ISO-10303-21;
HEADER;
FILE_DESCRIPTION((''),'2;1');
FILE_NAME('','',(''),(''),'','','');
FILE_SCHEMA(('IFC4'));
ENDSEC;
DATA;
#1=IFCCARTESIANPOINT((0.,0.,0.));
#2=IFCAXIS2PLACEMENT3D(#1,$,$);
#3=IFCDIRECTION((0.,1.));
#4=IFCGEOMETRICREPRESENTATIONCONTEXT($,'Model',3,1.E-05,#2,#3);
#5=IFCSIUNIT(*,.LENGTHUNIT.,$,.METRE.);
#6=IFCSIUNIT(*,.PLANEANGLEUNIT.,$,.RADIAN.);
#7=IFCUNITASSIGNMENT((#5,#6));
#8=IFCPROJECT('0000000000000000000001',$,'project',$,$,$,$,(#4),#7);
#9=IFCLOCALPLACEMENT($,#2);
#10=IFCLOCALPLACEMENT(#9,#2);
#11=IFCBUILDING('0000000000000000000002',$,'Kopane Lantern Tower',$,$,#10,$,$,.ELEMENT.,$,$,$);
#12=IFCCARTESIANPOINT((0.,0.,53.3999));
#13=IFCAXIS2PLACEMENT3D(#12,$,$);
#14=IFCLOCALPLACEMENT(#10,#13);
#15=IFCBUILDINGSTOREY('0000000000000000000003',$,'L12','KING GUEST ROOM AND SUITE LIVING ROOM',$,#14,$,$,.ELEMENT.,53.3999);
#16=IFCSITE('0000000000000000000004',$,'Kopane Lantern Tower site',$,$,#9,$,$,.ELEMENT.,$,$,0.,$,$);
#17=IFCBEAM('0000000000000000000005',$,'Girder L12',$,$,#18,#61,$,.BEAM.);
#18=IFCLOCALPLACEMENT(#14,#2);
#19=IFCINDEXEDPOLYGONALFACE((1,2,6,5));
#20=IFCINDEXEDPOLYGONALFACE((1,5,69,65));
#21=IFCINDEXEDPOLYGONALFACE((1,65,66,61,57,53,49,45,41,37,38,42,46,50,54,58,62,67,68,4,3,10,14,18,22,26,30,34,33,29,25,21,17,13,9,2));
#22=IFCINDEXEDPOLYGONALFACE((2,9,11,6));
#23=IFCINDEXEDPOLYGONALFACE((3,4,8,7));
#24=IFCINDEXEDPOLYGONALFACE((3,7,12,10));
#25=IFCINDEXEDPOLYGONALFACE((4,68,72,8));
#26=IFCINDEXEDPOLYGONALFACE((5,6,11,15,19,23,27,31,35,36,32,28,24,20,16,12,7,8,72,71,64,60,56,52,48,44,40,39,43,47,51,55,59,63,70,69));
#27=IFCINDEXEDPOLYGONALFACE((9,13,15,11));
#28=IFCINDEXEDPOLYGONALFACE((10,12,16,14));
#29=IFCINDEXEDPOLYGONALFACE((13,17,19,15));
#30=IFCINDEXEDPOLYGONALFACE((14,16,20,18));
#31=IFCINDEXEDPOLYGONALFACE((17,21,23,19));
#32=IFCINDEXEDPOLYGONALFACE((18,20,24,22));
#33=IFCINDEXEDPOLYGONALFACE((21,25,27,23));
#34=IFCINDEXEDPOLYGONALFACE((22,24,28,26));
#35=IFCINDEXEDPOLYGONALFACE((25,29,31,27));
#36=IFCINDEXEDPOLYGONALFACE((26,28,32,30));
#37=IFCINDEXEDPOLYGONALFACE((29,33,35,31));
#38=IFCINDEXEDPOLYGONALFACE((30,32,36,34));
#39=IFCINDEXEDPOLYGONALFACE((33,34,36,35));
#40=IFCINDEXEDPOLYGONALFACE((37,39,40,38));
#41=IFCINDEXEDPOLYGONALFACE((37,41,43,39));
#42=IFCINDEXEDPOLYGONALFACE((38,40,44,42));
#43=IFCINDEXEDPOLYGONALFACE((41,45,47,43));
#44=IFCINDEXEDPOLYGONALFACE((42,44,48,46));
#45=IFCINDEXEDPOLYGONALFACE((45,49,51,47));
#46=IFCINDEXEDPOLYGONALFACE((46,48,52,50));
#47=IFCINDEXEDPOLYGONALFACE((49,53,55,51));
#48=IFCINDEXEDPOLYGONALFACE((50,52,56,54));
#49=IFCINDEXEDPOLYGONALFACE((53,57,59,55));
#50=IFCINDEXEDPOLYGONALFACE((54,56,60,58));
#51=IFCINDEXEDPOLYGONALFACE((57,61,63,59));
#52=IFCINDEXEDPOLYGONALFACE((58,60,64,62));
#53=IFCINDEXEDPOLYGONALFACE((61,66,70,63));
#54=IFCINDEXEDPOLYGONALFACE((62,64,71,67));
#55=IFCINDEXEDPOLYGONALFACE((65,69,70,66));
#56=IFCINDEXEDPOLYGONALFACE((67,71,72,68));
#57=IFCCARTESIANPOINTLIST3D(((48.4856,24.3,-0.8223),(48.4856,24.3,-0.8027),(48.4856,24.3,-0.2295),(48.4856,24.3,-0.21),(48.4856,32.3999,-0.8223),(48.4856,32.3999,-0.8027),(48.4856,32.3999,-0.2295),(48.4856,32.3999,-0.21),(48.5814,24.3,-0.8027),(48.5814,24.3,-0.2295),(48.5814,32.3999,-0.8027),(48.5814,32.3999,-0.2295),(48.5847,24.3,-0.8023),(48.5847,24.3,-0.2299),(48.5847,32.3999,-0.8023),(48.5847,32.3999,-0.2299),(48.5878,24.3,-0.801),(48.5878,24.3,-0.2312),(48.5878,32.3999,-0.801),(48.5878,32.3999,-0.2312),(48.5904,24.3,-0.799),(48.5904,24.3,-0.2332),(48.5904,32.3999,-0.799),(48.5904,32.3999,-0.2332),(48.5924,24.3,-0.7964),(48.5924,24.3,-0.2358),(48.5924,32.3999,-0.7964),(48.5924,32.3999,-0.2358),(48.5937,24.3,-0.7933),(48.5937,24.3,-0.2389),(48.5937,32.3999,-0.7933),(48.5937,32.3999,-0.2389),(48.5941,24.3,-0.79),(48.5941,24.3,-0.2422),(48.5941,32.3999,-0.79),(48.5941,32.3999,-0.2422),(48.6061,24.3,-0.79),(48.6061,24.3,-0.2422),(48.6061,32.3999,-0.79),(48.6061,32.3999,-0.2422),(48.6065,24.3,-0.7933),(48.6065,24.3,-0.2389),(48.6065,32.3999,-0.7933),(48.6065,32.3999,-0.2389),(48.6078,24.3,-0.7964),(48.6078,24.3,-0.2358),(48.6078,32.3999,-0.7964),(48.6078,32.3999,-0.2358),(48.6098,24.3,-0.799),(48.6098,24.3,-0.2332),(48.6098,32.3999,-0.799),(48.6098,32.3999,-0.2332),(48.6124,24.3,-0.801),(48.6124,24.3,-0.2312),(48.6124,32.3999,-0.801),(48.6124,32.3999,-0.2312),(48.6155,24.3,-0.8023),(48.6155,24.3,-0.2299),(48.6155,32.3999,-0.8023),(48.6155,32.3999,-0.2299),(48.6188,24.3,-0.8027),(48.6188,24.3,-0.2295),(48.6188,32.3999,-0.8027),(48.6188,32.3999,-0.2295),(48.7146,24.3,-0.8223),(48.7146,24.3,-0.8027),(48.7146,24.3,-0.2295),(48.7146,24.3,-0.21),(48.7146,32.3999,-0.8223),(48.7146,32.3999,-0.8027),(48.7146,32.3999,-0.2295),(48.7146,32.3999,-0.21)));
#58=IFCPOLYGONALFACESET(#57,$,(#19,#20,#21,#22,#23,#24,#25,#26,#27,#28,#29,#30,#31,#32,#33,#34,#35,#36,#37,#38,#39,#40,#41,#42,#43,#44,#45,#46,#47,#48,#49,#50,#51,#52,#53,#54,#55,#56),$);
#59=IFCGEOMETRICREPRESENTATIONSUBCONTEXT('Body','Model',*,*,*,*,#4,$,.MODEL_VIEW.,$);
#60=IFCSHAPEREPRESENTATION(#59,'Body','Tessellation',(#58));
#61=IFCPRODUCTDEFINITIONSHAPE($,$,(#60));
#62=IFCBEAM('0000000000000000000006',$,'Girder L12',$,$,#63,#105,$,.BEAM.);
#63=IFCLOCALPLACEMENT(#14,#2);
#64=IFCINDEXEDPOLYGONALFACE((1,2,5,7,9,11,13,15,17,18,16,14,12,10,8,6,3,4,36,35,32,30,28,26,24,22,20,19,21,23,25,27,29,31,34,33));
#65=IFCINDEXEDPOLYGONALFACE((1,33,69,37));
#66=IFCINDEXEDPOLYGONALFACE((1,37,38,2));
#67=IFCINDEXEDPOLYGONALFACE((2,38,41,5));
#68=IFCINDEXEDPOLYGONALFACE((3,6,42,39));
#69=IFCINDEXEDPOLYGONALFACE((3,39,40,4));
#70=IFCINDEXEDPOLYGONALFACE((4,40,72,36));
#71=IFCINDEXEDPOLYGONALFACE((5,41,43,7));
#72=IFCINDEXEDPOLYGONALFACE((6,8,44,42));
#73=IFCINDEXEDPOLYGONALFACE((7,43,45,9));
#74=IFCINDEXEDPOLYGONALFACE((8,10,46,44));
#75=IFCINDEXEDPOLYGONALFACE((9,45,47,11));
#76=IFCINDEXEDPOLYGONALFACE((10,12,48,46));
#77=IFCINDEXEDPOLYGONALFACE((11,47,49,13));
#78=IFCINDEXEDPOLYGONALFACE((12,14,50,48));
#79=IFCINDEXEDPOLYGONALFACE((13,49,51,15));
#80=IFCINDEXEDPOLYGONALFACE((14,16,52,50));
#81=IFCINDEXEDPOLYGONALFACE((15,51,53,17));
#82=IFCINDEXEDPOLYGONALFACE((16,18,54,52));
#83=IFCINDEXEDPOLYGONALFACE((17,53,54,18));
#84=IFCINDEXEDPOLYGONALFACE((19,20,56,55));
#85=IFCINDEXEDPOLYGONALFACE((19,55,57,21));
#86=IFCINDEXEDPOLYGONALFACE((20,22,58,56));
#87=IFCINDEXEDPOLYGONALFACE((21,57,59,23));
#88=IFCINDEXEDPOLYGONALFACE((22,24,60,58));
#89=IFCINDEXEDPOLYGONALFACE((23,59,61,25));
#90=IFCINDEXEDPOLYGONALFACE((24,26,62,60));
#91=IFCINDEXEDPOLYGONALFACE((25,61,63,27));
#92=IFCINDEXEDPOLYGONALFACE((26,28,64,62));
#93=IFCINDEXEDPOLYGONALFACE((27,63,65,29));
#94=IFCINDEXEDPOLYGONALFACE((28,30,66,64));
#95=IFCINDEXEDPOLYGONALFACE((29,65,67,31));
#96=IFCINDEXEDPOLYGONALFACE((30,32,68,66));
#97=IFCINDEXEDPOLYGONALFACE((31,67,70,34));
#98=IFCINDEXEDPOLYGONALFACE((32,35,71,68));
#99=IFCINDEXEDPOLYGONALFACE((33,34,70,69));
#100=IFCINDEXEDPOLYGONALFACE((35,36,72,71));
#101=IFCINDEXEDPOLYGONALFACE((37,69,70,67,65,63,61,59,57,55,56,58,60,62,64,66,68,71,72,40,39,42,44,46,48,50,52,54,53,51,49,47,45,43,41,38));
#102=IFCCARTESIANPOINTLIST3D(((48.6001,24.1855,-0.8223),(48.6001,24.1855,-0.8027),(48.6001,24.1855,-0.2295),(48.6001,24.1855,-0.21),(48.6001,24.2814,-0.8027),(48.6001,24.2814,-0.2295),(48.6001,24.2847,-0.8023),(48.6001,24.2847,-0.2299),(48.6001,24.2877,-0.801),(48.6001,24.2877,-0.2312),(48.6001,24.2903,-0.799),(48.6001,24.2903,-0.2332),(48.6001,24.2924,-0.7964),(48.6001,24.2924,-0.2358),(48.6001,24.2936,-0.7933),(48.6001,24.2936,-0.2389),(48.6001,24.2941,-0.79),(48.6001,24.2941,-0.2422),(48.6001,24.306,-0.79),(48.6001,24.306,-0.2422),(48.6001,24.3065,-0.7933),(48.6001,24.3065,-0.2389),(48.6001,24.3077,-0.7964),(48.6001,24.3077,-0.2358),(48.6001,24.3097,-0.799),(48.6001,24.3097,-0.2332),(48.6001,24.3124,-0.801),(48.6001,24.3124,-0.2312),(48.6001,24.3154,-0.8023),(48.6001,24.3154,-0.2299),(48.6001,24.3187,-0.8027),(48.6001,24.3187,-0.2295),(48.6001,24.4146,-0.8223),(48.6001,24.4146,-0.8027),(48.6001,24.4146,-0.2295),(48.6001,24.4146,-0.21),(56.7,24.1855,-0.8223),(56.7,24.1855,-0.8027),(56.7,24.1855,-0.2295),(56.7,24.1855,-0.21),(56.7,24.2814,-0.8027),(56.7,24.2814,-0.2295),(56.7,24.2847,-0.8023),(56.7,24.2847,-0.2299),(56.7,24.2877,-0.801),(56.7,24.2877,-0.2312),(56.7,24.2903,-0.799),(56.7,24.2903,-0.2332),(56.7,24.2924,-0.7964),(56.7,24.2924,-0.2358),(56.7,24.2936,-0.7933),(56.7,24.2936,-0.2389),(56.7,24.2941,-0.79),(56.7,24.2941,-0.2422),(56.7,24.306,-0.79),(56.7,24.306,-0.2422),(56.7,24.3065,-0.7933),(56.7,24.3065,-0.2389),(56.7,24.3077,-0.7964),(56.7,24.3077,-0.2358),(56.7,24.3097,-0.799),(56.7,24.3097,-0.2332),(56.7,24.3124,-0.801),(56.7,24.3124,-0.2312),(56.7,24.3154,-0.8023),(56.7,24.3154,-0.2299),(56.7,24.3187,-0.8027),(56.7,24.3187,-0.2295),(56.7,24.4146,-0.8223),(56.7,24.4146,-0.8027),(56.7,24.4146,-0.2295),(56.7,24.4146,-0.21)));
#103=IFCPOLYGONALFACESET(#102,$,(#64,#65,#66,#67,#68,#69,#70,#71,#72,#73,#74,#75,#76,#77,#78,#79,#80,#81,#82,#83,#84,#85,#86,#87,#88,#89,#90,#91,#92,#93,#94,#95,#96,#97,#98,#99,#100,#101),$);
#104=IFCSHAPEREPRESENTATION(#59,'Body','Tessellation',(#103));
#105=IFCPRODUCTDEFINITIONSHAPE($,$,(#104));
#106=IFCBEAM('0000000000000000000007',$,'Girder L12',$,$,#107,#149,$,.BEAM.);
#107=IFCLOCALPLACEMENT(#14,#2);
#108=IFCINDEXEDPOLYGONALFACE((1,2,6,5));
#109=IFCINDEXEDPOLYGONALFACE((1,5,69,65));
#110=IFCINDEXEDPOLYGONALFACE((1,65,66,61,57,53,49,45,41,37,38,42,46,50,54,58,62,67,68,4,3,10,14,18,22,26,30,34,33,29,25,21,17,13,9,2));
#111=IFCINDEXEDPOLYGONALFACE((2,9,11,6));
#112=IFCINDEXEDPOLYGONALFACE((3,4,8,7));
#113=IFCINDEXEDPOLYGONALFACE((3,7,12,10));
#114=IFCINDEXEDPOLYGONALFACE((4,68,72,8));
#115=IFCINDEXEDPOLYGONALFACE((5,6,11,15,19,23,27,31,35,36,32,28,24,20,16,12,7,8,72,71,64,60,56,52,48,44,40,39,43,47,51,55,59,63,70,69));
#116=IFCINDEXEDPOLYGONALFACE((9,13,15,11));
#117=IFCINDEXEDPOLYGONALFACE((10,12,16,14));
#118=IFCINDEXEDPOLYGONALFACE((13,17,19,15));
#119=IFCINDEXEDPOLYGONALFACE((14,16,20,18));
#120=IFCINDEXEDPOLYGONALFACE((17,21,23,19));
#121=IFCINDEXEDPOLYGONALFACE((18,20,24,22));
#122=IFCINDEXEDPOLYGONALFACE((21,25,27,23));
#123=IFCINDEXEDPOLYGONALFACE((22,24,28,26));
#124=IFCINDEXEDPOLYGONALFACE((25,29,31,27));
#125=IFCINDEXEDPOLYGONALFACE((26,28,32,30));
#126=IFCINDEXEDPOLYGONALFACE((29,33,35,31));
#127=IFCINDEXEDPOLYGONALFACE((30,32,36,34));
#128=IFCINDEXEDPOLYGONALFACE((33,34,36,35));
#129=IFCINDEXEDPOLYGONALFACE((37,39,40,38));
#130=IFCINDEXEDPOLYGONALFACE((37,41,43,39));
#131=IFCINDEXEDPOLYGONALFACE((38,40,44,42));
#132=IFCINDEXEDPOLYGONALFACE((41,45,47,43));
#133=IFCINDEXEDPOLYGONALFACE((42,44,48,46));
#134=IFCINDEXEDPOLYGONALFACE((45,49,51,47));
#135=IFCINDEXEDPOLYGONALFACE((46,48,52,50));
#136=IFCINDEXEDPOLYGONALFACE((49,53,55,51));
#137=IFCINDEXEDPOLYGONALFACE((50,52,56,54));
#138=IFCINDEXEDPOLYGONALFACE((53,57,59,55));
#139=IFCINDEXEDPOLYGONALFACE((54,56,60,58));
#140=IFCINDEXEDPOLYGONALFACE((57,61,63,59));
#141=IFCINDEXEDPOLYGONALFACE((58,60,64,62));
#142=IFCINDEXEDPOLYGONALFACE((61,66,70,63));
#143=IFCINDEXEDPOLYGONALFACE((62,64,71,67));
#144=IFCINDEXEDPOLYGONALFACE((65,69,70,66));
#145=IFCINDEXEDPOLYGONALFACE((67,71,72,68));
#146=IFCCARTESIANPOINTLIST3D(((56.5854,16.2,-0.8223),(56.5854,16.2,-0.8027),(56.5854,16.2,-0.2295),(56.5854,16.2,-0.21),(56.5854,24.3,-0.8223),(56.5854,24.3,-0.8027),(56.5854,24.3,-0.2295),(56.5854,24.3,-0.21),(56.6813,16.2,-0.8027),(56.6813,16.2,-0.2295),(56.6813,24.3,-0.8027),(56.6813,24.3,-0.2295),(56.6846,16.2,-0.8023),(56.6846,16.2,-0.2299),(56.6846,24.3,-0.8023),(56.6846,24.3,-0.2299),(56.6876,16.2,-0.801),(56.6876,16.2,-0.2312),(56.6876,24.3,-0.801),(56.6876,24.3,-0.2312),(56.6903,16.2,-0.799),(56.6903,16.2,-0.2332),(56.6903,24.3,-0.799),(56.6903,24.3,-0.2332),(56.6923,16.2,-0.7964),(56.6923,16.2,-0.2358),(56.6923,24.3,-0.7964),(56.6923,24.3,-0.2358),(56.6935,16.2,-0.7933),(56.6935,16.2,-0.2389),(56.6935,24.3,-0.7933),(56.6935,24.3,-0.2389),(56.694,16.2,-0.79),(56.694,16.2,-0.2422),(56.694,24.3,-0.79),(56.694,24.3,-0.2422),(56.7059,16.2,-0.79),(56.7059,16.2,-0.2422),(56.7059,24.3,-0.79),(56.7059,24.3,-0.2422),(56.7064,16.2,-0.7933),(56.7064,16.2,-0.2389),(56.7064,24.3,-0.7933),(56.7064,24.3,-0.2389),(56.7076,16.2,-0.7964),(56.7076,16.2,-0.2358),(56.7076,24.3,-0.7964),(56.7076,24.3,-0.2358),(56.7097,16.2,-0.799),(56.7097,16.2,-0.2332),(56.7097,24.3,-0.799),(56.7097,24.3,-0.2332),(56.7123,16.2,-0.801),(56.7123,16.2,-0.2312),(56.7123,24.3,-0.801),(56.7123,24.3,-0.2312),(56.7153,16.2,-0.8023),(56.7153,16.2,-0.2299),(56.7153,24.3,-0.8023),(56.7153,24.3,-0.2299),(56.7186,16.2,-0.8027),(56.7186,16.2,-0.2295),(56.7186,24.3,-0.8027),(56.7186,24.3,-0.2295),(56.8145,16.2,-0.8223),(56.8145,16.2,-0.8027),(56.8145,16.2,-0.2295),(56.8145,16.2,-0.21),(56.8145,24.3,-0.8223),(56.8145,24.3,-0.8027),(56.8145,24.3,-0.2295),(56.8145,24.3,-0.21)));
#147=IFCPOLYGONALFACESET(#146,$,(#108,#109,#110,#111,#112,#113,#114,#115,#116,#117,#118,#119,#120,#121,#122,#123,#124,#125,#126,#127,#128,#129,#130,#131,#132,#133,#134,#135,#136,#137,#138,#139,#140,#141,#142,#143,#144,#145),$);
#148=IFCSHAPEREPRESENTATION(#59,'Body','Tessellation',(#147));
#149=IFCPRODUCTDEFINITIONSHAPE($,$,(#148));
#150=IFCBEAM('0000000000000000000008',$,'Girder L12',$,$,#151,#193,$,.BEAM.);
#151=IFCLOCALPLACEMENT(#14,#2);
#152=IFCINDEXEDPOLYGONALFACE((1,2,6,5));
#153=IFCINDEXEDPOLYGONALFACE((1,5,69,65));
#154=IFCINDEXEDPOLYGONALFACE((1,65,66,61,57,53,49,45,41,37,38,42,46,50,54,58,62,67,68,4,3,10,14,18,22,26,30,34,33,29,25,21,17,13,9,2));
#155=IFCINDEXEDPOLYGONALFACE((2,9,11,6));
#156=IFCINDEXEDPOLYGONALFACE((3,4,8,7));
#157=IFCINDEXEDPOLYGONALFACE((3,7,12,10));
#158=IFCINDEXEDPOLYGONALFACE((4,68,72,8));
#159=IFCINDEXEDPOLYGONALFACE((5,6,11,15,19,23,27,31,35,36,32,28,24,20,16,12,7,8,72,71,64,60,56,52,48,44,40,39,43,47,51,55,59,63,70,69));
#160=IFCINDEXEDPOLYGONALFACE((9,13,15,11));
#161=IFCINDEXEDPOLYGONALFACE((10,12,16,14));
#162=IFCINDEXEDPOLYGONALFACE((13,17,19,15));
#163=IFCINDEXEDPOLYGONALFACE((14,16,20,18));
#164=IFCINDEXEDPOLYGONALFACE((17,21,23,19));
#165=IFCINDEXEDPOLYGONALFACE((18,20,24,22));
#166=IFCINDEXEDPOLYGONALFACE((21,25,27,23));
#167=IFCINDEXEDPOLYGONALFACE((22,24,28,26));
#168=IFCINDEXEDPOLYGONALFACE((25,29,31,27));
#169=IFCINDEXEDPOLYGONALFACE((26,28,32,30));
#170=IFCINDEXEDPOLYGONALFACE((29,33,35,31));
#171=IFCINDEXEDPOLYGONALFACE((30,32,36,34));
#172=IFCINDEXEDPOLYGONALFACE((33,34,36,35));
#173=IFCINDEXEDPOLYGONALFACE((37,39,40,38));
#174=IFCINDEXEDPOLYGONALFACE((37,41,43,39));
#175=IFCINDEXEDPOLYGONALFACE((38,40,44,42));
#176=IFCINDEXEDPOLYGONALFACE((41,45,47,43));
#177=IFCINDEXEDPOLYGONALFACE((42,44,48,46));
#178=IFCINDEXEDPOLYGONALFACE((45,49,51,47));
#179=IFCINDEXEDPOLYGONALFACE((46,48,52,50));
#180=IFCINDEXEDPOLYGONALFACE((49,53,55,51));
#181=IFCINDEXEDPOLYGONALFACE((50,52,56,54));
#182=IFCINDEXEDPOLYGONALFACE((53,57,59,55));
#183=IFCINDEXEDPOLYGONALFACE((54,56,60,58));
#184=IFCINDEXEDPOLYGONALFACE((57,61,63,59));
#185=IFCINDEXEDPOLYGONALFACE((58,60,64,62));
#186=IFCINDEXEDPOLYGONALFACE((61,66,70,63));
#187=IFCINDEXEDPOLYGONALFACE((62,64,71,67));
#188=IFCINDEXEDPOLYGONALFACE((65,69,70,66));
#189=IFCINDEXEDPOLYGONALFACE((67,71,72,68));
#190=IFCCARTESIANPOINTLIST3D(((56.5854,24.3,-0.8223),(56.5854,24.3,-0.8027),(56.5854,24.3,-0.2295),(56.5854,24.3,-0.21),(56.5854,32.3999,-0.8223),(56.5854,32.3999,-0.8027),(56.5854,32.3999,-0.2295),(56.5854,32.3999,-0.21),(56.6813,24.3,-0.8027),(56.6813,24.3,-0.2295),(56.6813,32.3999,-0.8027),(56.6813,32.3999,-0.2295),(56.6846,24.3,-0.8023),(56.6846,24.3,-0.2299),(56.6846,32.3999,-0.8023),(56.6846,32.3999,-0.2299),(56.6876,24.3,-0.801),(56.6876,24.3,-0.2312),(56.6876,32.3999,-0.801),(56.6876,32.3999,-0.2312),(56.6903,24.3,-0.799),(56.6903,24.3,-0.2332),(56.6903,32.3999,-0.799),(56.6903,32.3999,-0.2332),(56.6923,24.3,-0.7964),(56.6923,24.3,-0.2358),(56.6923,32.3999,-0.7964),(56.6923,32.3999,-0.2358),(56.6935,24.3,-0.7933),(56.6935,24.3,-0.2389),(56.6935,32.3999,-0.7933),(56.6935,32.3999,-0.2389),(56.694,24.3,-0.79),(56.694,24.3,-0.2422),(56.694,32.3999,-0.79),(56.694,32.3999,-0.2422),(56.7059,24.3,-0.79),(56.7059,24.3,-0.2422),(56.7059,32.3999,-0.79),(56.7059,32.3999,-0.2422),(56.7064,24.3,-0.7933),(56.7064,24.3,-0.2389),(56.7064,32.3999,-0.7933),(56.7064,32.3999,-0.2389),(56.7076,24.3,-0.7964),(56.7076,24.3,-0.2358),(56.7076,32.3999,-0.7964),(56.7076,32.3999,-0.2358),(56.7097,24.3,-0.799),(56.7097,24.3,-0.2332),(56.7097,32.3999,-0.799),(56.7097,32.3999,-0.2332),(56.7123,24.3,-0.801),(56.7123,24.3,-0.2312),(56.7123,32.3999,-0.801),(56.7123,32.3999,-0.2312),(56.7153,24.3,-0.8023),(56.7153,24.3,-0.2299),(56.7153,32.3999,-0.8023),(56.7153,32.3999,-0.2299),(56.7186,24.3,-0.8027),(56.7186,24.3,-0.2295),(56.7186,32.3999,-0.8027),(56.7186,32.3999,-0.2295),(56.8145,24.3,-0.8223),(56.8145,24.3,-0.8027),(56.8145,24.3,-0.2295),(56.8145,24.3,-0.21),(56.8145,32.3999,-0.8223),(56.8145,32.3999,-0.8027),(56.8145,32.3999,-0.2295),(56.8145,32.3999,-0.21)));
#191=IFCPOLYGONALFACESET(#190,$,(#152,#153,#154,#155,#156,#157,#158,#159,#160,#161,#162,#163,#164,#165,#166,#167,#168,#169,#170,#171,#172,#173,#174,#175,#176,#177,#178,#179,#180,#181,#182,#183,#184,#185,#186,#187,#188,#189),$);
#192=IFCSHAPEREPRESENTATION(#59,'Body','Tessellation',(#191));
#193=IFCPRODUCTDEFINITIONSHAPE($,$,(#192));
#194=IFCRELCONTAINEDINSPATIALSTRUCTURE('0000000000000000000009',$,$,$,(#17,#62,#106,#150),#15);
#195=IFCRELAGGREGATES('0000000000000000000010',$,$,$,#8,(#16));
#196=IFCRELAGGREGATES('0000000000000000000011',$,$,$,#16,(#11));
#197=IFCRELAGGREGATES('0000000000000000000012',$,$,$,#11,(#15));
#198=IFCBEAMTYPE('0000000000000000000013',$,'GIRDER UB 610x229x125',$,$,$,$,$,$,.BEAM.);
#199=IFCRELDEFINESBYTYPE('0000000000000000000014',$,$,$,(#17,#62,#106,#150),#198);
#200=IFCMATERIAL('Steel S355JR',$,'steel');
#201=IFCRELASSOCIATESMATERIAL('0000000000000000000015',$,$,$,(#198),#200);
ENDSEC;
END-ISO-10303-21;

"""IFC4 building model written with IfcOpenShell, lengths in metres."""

from ifc_helpers import new_model, si_unit, direction, frame, origin, origin_2d, place, context, subcontext, project, spatial, i_section, extrude, material, material_profile, profile_set, type_object, element, save


model = new_model("IFC4")

# Units and contexts
model_context = context("Model", 3, precision=1e-05, world=origin(), true_north=direction((0.0, 1.0)))
body_context = subcontext(model_context, "Body", "Model", "MODEL_VIEW")
ifc_project = project(units=[si_unit("LENGTHUNIT", "METRE"), si_unit("PLANEANGLEUNIT", "RADIAN")], contexts=[model_context])

# Site, building, storey
site_placement = place(None, origin())
site = spatial("IfcSite", under=ifc_project, at=site_placement, Name="Kopane Lantern Tower site", CompositionType="ELEMENT", RefElevation=0.0)
building_placement = place(site_placement, origin())
building = spatial("IfcBuilding", under=site, at=building_placement, Name="Kopane Lantern Tower", CompositionType="ELEMENT")
storey_placement = place(building_placement, frame((0.0, 0.0, 53.3999)))
storey = spatial("IfcBuildingStorey", under=building, at=storey_placement, Name="L12", Description="KING GUEST ROOM AND SUITE LIVING ROOM", CompositionType="ELEMENT", Elevation=53.3999)

# Beams
ifc_material_1 = material(Name="Steel S355JR", Category="steel")
ifc_material_profile_1 = material_profile(ifc_material_1, i_section(OverallWidth=0.229, OverallDepth=0.6123, WebThickness=0.012, FlangeThickness=0.0195, FilletRadius=0.0127, at=origin_2d()), Name="UB 610x229x125")
ifc_profile_set_1 = profile_set([ifc_material_profile_1], Name="Steel S355JR")
beam_type = type_object("IfcBeamType", Name="GIRDER UB 610x229x125", PredefinedType="BEAM", material=ifc_profile_set_1)
for number, where, z_axis, x_axis, name in (
    (1, (48.6001, 24.3, -0.5161), (0.0, 1.0, 0.0), (-1.0, 0.0, 0.0), "Girder L12"),
    (2, (48.6001, 24.3, -0.5161), (1.0, 0.0, 0.0), (0.0, 1.0, 0.0), "Girder L12"),
):
    element("IfcBeam", number, at=place(storey_placement, frame(where, z_axis=z_axis, x_axis=x_axis)), inside=storey, type_object=beam_type, Name=name, PredefinedType="BEAM", context=body_context, shape_type="SweptSolid", body=[
        extrude(i_section(OverallWidth=0.229, OverallDepth=0.6123, WebThickness=0.012, FlangeThickness=0.0195, FilletRadius=0.0127, at=origin_2d()), origin(), (0.0, 0.0, 1.0), 8.0999),
    ])
beam_1_placement = place(storey_placement, frame((56.7, 16.2, -0.5161), z_axis=(0.0, 1.0, 0.0), x_axis=(-1.0, 0.0, 0.0)))
element("IfcBeam", 3, at=beam_1_placement, inside=storey, type_object=beam_type, Name="Girder L12", PredefinedType="BEAM", context=body_context, shape_type="SweptSolid", body=[
    extrude(i_section(OverallWidth=0.229, OverallDepth=0.6123, WebThickness=0.012, FlangeThickness=0.0195, FilletRadius=0.0127, at=origin_2d()), origin(), (0.0, 0.0, 1.0), 8.1001),
])
beam_2_placement = place(storey_placement, frame((56.7, 24.3, -0.5161), z_axis=(0.0, 1.0, 0.0), x_axis=(-1.0, 0.0, 0.0)))
element("IfcBeam", 4, at=beam_2_placement, inside=storey, type_object=beam_type, Name="Girder L12", PredefinedType="BEAM", context=body_context, shape_type="SweptSolid", body=[
    extrude(i_section(OverallWidth=0.229, OverallDepth=0.6123, WebThickness=0.012, FlangeThickness=0.0195, FilletRadius=0.0127, at=origin_2d()), origin(), (0.0, 0.0, 1.0), 8.0999),
])

save(model, "model.ifc")
